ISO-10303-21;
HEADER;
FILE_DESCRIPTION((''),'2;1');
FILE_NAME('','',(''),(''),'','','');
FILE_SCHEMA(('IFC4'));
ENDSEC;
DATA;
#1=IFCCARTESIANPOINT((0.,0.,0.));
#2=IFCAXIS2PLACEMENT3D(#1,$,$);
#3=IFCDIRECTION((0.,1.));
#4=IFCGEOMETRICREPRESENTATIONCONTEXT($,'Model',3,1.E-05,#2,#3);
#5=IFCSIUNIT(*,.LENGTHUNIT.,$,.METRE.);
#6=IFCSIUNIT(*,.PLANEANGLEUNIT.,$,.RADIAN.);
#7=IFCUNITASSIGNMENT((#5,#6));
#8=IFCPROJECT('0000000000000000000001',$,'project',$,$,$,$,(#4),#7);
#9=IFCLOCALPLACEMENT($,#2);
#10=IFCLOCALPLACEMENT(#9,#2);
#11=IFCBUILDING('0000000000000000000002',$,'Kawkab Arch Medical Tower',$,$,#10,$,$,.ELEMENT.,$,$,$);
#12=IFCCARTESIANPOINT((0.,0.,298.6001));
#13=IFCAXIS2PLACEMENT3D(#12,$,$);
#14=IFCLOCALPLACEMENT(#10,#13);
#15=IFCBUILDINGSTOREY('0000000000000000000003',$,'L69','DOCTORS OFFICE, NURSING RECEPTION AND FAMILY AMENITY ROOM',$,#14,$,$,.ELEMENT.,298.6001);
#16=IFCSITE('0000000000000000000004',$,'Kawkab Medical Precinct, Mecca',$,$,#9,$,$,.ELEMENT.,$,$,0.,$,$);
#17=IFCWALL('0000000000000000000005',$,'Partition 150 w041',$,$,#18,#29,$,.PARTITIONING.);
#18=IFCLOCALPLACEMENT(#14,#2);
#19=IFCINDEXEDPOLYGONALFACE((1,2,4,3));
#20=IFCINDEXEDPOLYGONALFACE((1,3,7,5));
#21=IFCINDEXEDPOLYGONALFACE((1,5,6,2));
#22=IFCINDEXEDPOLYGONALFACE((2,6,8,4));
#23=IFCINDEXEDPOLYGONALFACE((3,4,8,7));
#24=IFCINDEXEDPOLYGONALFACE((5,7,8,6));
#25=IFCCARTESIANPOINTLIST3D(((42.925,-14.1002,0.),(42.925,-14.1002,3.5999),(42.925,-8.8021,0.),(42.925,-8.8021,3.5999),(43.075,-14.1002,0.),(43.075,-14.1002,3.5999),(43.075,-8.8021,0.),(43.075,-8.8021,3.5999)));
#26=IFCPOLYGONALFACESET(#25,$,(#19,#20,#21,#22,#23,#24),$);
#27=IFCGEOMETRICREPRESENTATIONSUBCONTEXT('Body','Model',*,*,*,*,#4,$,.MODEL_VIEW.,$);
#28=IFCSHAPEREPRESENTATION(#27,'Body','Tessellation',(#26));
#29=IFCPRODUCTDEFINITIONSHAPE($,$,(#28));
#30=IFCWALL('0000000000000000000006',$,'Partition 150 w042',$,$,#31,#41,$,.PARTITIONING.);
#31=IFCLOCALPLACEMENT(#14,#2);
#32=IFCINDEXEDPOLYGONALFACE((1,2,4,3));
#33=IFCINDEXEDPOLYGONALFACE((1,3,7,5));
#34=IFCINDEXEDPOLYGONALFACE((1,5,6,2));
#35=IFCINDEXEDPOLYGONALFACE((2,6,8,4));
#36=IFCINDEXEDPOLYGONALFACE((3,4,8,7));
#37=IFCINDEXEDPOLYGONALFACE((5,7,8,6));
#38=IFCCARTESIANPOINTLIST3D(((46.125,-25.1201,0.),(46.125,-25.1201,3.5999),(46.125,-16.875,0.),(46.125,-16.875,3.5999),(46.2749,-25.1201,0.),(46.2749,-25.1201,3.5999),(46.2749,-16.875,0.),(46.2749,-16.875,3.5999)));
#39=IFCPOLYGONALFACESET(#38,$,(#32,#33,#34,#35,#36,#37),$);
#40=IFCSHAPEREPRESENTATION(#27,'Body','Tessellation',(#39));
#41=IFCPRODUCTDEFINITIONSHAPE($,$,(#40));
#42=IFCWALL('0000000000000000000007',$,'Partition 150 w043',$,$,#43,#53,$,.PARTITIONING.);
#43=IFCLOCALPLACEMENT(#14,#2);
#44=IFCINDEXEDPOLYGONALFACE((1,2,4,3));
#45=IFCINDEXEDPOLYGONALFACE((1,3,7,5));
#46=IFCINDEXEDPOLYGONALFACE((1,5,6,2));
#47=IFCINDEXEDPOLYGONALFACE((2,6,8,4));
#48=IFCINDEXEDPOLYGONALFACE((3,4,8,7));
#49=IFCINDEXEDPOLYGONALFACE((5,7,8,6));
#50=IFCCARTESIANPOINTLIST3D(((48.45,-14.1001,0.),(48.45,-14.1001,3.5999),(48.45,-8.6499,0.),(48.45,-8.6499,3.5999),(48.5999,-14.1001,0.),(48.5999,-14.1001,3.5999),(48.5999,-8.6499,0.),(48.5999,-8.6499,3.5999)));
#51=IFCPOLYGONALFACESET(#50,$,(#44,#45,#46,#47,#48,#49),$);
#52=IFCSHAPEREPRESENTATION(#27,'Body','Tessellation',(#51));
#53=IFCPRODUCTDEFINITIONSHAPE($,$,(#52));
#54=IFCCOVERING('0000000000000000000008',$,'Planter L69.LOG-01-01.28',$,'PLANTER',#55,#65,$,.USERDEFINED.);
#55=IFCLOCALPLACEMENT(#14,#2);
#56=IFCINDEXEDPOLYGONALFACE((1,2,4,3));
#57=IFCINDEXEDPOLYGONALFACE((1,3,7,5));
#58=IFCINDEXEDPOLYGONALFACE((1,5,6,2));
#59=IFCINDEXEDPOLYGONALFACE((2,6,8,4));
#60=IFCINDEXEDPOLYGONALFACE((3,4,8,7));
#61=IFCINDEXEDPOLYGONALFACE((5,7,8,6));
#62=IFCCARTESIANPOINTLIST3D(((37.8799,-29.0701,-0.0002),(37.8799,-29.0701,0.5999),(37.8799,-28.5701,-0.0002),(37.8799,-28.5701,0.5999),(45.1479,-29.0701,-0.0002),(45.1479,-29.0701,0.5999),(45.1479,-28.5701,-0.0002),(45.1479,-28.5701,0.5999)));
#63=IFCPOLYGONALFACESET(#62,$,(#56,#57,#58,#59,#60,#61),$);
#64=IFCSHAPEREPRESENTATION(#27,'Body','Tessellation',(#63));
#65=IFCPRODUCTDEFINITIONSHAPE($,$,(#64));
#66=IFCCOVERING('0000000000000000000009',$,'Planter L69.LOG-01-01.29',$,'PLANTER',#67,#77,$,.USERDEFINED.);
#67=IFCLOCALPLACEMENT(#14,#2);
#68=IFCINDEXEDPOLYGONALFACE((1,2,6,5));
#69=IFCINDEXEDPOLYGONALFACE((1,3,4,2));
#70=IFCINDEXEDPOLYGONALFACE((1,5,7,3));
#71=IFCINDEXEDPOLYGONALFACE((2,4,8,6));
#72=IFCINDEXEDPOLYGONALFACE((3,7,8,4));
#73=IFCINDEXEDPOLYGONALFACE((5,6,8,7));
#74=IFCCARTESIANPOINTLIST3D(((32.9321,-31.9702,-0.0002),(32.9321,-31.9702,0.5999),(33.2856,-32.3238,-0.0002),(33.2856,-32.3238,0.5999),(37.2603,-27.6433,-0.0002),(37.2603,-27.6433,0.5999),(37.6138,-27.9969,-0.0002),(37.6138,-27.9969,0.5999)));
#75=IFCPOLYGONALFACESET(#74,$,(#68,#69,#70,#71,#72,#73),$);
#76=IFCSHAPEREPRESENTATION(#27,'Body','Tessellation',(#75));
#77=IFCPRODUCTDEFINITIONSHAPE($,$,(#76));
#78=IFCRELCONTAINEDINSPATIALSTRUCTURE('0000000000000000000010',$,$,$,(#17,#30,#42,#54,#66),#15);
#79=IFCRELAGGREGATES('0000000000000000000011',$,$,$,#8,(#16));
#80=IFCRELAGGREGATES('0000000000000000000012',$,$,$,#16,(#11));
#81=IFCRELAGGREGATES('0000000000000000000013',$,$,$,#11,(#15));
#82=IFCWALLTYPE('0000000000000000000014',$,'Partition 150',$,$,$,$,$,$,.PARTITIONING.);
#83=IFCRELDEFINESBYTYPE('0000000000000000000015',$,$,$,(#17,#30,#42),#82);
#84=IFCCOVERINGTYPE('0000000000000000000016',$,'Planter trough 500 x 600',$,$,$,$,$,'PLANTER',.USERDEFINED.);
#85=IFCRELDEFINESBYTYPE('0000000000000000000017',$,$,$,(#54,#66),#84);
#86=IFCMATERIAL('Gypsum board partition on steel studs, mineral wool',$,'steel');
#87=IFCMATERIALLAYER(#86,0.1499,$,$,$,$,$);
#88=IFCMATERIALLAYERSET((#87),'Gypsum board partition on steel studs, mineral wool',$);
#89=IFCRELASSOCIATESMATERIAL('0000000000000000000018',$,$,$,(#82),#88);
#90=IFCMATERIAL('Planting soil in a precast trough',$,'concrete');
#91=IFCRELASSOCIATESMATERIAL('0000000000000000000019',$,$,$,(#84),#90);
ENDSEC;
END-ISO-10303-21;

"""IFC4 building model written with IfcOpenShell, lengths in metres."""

from ifc_helpers import new_model, si_unit, direction, frame, frame_2d, origin, origin_2d, place, context, subcontext, project, spatial, rectangle, extrude, material, layer, layer_set, material_profile, profile_set, type_object, element, save


model = new_model("IFC4")

# Units and contexts
model_context = context("Model", 3, precision=1e-05, world=origin(), true_north=direction((0.0, 1.0)))
body_context = subcontext(model_context, "Body", "Model", "MODEL_VIEW")
ifc_project = project(units=[si_unit("LENGTHUNIT", "METRE"), si_unit("PLANEANGLEUNIT", "RADIAN")], contexts=[model_context])

# Site, building, storey
site_placement = place(None, origin())
site = spatial("IfcSite", under=ifc_project, at=site_placement, Name="Kawkab Medical Precinct, Mecca", CompositionType="ELEMENT", RefElevation=0.0)
building_placement = place(site_placement, origin())
building = spatial("IfcBuilding", under=site, at=building_placement, Name="Kawkab Arch Medical Tower", CompositionType="ELEMENT")
storey_placement = place(building_placement, frame((0.0, 0.0, 298.6001)))
storey = spatial("IfcBuildingStorey", under=building, at=storey_placement, Name="L69", Description="DOCTORS OFFICE, NURSING RECEPTION AND FAMILY AMENITY ROOM", CompositionType="ELEMENT", Elevation=298.6001)

# Shared definitions
ifc_material_1 = material(Name="Gypsum board partition on steel studs, mineral wool", Category="steel")
ifc_layer_1 = layer(ifc_material_1, 0.1499)
ifc_layer_set_1 = layer_set([ifc_layer_1], Name="Gypsum board partition on steel studs, mineral wool")
wall_type_1 = type_object("IfcWallType", Name="Partition 150", PredefinedType="PARTITIONING", material=ifc_layer_set_1)

# Walls
wall_1_placement = place(storey_placement, frame((43.0, -14.1001, 0.0), z_axis=(0.0, 0.0, 1.0), x_axis=(0.0, 1.0, 0.0)))
element("IfcWall", 1, at=wall_1_placement, inside=storey, type_object=wall_type_1, Name="Partition 150 w041", PredefinedType="PARTITIONING", context=body_context, shape_type="SweptSolid", body=[
    extrude(rectangle(XDim=5.2981, YDim=0.1499, at=frame_2d((2.6489, 0.0))), origin(), (0.0, 0.0, 1.0), 3.5999),
])
wall_2_placement = place(storey_placement, frame((46.2, -25.1201, 0.0), z_axis=(0.0, 0.0, 1.0), x_axis=(0.0, 1.0, 0.0)))
element("IfcWall", 2, at=wall_2_placement, inside=storey, type_object=wall_type_1, Name="Partition 150 w042", PredefinedType="PARTITIONING", context=body_context, shape_type="SweptSolid", body=[
    extrude(rectangle(XDim=8.2451, YDim=0.1499, at=frame_2d((4.1226, 0.0))), origin(), (0.0, 0.0, 1.0), 3.5999),
])
wall_3_placement = place(storey_placement, frame((48.5249, -14.1001, 0.0), z_axis=(0.0, 0.0, 1.0), x_axis=(0.0, 1.0, 0.0)))
element("IfcWall", 3, at=wall_3_placement, inside=storey, type_object=wall_type_1, Name="Partition 150 w043", PredefinedType="PARTITIONING", context=body_context, shape_type="SweptSolid", body=[
    extrude(rectangle(XDim=5.4502, YDim=0.1499, at=frame_2d((2.7251, 0.0))), origin(), (0.0, 0.0, 1.0), 3.5999),
])

# Coverings
ifc_material_2 = material(Name="Planting soil in a precast trough", Category="concrete")
ifc_material_profile_1 = material_profile(ifc_material_2, rectangle(XDim=0.5, YDim=0.6001, at=origin_2d()), Name="Trough 500x600")
ifc_profile_set_1 = profile_set([ifc_material_profile_1], Name="Planting soil in a precast trough")
covering_type = type_object("IfcCoveringType", Name="Planter trough 500 x 600", ElementType="PLANTER", PredefinedType="USERDEFINED", material=ifc_profile_set_1)
covering_1_placement = place(storey_placement, frame((45.1479, -28.8201, 0.2998), z_axis=(-1.0, 0.0, 0.0), x_axis=(0.0, -1.0, 0.0)))
element("IfcCovering", 4, at=covering_1_placement, inside=storey, type_object=covering_type, Name="Planter L69.LOG-01-01.28", ObjectType="PLANTER", PredefinedType="USERDEFINED", context=body_context, shape_type="SweptSolid", body=[
    extrude(rectangle(XDim=0.5, YDim=0.6001, at=origin_2d()), origin(), (0.0, 0.0, 1.0), 7.2681),
])
covering_2_placement = place(storey_placement, frame((37.437, -27.8201, 0.2998), z_axis=(-0.707207, -0.707007, 0.0), x_axis=(0.707007, -0.707207, 0.0)))
element("IfcCovering", 5, at=covering_2_placement, inside=storey, type_object=covering_type, Name="Planter L69.LOG-01-01.29", ObjectType="PLANTER", PredefinedType="USERDEFINED", context=body_context, shape_type="SweptSolid", body=[
    extrude(rectangle(XDim=0.5, YDim=0.6001, at=origin_2d()), origin(), (0.0, 0.0, 1.0), 6.1201),
])

save(model, "model.ifc")
